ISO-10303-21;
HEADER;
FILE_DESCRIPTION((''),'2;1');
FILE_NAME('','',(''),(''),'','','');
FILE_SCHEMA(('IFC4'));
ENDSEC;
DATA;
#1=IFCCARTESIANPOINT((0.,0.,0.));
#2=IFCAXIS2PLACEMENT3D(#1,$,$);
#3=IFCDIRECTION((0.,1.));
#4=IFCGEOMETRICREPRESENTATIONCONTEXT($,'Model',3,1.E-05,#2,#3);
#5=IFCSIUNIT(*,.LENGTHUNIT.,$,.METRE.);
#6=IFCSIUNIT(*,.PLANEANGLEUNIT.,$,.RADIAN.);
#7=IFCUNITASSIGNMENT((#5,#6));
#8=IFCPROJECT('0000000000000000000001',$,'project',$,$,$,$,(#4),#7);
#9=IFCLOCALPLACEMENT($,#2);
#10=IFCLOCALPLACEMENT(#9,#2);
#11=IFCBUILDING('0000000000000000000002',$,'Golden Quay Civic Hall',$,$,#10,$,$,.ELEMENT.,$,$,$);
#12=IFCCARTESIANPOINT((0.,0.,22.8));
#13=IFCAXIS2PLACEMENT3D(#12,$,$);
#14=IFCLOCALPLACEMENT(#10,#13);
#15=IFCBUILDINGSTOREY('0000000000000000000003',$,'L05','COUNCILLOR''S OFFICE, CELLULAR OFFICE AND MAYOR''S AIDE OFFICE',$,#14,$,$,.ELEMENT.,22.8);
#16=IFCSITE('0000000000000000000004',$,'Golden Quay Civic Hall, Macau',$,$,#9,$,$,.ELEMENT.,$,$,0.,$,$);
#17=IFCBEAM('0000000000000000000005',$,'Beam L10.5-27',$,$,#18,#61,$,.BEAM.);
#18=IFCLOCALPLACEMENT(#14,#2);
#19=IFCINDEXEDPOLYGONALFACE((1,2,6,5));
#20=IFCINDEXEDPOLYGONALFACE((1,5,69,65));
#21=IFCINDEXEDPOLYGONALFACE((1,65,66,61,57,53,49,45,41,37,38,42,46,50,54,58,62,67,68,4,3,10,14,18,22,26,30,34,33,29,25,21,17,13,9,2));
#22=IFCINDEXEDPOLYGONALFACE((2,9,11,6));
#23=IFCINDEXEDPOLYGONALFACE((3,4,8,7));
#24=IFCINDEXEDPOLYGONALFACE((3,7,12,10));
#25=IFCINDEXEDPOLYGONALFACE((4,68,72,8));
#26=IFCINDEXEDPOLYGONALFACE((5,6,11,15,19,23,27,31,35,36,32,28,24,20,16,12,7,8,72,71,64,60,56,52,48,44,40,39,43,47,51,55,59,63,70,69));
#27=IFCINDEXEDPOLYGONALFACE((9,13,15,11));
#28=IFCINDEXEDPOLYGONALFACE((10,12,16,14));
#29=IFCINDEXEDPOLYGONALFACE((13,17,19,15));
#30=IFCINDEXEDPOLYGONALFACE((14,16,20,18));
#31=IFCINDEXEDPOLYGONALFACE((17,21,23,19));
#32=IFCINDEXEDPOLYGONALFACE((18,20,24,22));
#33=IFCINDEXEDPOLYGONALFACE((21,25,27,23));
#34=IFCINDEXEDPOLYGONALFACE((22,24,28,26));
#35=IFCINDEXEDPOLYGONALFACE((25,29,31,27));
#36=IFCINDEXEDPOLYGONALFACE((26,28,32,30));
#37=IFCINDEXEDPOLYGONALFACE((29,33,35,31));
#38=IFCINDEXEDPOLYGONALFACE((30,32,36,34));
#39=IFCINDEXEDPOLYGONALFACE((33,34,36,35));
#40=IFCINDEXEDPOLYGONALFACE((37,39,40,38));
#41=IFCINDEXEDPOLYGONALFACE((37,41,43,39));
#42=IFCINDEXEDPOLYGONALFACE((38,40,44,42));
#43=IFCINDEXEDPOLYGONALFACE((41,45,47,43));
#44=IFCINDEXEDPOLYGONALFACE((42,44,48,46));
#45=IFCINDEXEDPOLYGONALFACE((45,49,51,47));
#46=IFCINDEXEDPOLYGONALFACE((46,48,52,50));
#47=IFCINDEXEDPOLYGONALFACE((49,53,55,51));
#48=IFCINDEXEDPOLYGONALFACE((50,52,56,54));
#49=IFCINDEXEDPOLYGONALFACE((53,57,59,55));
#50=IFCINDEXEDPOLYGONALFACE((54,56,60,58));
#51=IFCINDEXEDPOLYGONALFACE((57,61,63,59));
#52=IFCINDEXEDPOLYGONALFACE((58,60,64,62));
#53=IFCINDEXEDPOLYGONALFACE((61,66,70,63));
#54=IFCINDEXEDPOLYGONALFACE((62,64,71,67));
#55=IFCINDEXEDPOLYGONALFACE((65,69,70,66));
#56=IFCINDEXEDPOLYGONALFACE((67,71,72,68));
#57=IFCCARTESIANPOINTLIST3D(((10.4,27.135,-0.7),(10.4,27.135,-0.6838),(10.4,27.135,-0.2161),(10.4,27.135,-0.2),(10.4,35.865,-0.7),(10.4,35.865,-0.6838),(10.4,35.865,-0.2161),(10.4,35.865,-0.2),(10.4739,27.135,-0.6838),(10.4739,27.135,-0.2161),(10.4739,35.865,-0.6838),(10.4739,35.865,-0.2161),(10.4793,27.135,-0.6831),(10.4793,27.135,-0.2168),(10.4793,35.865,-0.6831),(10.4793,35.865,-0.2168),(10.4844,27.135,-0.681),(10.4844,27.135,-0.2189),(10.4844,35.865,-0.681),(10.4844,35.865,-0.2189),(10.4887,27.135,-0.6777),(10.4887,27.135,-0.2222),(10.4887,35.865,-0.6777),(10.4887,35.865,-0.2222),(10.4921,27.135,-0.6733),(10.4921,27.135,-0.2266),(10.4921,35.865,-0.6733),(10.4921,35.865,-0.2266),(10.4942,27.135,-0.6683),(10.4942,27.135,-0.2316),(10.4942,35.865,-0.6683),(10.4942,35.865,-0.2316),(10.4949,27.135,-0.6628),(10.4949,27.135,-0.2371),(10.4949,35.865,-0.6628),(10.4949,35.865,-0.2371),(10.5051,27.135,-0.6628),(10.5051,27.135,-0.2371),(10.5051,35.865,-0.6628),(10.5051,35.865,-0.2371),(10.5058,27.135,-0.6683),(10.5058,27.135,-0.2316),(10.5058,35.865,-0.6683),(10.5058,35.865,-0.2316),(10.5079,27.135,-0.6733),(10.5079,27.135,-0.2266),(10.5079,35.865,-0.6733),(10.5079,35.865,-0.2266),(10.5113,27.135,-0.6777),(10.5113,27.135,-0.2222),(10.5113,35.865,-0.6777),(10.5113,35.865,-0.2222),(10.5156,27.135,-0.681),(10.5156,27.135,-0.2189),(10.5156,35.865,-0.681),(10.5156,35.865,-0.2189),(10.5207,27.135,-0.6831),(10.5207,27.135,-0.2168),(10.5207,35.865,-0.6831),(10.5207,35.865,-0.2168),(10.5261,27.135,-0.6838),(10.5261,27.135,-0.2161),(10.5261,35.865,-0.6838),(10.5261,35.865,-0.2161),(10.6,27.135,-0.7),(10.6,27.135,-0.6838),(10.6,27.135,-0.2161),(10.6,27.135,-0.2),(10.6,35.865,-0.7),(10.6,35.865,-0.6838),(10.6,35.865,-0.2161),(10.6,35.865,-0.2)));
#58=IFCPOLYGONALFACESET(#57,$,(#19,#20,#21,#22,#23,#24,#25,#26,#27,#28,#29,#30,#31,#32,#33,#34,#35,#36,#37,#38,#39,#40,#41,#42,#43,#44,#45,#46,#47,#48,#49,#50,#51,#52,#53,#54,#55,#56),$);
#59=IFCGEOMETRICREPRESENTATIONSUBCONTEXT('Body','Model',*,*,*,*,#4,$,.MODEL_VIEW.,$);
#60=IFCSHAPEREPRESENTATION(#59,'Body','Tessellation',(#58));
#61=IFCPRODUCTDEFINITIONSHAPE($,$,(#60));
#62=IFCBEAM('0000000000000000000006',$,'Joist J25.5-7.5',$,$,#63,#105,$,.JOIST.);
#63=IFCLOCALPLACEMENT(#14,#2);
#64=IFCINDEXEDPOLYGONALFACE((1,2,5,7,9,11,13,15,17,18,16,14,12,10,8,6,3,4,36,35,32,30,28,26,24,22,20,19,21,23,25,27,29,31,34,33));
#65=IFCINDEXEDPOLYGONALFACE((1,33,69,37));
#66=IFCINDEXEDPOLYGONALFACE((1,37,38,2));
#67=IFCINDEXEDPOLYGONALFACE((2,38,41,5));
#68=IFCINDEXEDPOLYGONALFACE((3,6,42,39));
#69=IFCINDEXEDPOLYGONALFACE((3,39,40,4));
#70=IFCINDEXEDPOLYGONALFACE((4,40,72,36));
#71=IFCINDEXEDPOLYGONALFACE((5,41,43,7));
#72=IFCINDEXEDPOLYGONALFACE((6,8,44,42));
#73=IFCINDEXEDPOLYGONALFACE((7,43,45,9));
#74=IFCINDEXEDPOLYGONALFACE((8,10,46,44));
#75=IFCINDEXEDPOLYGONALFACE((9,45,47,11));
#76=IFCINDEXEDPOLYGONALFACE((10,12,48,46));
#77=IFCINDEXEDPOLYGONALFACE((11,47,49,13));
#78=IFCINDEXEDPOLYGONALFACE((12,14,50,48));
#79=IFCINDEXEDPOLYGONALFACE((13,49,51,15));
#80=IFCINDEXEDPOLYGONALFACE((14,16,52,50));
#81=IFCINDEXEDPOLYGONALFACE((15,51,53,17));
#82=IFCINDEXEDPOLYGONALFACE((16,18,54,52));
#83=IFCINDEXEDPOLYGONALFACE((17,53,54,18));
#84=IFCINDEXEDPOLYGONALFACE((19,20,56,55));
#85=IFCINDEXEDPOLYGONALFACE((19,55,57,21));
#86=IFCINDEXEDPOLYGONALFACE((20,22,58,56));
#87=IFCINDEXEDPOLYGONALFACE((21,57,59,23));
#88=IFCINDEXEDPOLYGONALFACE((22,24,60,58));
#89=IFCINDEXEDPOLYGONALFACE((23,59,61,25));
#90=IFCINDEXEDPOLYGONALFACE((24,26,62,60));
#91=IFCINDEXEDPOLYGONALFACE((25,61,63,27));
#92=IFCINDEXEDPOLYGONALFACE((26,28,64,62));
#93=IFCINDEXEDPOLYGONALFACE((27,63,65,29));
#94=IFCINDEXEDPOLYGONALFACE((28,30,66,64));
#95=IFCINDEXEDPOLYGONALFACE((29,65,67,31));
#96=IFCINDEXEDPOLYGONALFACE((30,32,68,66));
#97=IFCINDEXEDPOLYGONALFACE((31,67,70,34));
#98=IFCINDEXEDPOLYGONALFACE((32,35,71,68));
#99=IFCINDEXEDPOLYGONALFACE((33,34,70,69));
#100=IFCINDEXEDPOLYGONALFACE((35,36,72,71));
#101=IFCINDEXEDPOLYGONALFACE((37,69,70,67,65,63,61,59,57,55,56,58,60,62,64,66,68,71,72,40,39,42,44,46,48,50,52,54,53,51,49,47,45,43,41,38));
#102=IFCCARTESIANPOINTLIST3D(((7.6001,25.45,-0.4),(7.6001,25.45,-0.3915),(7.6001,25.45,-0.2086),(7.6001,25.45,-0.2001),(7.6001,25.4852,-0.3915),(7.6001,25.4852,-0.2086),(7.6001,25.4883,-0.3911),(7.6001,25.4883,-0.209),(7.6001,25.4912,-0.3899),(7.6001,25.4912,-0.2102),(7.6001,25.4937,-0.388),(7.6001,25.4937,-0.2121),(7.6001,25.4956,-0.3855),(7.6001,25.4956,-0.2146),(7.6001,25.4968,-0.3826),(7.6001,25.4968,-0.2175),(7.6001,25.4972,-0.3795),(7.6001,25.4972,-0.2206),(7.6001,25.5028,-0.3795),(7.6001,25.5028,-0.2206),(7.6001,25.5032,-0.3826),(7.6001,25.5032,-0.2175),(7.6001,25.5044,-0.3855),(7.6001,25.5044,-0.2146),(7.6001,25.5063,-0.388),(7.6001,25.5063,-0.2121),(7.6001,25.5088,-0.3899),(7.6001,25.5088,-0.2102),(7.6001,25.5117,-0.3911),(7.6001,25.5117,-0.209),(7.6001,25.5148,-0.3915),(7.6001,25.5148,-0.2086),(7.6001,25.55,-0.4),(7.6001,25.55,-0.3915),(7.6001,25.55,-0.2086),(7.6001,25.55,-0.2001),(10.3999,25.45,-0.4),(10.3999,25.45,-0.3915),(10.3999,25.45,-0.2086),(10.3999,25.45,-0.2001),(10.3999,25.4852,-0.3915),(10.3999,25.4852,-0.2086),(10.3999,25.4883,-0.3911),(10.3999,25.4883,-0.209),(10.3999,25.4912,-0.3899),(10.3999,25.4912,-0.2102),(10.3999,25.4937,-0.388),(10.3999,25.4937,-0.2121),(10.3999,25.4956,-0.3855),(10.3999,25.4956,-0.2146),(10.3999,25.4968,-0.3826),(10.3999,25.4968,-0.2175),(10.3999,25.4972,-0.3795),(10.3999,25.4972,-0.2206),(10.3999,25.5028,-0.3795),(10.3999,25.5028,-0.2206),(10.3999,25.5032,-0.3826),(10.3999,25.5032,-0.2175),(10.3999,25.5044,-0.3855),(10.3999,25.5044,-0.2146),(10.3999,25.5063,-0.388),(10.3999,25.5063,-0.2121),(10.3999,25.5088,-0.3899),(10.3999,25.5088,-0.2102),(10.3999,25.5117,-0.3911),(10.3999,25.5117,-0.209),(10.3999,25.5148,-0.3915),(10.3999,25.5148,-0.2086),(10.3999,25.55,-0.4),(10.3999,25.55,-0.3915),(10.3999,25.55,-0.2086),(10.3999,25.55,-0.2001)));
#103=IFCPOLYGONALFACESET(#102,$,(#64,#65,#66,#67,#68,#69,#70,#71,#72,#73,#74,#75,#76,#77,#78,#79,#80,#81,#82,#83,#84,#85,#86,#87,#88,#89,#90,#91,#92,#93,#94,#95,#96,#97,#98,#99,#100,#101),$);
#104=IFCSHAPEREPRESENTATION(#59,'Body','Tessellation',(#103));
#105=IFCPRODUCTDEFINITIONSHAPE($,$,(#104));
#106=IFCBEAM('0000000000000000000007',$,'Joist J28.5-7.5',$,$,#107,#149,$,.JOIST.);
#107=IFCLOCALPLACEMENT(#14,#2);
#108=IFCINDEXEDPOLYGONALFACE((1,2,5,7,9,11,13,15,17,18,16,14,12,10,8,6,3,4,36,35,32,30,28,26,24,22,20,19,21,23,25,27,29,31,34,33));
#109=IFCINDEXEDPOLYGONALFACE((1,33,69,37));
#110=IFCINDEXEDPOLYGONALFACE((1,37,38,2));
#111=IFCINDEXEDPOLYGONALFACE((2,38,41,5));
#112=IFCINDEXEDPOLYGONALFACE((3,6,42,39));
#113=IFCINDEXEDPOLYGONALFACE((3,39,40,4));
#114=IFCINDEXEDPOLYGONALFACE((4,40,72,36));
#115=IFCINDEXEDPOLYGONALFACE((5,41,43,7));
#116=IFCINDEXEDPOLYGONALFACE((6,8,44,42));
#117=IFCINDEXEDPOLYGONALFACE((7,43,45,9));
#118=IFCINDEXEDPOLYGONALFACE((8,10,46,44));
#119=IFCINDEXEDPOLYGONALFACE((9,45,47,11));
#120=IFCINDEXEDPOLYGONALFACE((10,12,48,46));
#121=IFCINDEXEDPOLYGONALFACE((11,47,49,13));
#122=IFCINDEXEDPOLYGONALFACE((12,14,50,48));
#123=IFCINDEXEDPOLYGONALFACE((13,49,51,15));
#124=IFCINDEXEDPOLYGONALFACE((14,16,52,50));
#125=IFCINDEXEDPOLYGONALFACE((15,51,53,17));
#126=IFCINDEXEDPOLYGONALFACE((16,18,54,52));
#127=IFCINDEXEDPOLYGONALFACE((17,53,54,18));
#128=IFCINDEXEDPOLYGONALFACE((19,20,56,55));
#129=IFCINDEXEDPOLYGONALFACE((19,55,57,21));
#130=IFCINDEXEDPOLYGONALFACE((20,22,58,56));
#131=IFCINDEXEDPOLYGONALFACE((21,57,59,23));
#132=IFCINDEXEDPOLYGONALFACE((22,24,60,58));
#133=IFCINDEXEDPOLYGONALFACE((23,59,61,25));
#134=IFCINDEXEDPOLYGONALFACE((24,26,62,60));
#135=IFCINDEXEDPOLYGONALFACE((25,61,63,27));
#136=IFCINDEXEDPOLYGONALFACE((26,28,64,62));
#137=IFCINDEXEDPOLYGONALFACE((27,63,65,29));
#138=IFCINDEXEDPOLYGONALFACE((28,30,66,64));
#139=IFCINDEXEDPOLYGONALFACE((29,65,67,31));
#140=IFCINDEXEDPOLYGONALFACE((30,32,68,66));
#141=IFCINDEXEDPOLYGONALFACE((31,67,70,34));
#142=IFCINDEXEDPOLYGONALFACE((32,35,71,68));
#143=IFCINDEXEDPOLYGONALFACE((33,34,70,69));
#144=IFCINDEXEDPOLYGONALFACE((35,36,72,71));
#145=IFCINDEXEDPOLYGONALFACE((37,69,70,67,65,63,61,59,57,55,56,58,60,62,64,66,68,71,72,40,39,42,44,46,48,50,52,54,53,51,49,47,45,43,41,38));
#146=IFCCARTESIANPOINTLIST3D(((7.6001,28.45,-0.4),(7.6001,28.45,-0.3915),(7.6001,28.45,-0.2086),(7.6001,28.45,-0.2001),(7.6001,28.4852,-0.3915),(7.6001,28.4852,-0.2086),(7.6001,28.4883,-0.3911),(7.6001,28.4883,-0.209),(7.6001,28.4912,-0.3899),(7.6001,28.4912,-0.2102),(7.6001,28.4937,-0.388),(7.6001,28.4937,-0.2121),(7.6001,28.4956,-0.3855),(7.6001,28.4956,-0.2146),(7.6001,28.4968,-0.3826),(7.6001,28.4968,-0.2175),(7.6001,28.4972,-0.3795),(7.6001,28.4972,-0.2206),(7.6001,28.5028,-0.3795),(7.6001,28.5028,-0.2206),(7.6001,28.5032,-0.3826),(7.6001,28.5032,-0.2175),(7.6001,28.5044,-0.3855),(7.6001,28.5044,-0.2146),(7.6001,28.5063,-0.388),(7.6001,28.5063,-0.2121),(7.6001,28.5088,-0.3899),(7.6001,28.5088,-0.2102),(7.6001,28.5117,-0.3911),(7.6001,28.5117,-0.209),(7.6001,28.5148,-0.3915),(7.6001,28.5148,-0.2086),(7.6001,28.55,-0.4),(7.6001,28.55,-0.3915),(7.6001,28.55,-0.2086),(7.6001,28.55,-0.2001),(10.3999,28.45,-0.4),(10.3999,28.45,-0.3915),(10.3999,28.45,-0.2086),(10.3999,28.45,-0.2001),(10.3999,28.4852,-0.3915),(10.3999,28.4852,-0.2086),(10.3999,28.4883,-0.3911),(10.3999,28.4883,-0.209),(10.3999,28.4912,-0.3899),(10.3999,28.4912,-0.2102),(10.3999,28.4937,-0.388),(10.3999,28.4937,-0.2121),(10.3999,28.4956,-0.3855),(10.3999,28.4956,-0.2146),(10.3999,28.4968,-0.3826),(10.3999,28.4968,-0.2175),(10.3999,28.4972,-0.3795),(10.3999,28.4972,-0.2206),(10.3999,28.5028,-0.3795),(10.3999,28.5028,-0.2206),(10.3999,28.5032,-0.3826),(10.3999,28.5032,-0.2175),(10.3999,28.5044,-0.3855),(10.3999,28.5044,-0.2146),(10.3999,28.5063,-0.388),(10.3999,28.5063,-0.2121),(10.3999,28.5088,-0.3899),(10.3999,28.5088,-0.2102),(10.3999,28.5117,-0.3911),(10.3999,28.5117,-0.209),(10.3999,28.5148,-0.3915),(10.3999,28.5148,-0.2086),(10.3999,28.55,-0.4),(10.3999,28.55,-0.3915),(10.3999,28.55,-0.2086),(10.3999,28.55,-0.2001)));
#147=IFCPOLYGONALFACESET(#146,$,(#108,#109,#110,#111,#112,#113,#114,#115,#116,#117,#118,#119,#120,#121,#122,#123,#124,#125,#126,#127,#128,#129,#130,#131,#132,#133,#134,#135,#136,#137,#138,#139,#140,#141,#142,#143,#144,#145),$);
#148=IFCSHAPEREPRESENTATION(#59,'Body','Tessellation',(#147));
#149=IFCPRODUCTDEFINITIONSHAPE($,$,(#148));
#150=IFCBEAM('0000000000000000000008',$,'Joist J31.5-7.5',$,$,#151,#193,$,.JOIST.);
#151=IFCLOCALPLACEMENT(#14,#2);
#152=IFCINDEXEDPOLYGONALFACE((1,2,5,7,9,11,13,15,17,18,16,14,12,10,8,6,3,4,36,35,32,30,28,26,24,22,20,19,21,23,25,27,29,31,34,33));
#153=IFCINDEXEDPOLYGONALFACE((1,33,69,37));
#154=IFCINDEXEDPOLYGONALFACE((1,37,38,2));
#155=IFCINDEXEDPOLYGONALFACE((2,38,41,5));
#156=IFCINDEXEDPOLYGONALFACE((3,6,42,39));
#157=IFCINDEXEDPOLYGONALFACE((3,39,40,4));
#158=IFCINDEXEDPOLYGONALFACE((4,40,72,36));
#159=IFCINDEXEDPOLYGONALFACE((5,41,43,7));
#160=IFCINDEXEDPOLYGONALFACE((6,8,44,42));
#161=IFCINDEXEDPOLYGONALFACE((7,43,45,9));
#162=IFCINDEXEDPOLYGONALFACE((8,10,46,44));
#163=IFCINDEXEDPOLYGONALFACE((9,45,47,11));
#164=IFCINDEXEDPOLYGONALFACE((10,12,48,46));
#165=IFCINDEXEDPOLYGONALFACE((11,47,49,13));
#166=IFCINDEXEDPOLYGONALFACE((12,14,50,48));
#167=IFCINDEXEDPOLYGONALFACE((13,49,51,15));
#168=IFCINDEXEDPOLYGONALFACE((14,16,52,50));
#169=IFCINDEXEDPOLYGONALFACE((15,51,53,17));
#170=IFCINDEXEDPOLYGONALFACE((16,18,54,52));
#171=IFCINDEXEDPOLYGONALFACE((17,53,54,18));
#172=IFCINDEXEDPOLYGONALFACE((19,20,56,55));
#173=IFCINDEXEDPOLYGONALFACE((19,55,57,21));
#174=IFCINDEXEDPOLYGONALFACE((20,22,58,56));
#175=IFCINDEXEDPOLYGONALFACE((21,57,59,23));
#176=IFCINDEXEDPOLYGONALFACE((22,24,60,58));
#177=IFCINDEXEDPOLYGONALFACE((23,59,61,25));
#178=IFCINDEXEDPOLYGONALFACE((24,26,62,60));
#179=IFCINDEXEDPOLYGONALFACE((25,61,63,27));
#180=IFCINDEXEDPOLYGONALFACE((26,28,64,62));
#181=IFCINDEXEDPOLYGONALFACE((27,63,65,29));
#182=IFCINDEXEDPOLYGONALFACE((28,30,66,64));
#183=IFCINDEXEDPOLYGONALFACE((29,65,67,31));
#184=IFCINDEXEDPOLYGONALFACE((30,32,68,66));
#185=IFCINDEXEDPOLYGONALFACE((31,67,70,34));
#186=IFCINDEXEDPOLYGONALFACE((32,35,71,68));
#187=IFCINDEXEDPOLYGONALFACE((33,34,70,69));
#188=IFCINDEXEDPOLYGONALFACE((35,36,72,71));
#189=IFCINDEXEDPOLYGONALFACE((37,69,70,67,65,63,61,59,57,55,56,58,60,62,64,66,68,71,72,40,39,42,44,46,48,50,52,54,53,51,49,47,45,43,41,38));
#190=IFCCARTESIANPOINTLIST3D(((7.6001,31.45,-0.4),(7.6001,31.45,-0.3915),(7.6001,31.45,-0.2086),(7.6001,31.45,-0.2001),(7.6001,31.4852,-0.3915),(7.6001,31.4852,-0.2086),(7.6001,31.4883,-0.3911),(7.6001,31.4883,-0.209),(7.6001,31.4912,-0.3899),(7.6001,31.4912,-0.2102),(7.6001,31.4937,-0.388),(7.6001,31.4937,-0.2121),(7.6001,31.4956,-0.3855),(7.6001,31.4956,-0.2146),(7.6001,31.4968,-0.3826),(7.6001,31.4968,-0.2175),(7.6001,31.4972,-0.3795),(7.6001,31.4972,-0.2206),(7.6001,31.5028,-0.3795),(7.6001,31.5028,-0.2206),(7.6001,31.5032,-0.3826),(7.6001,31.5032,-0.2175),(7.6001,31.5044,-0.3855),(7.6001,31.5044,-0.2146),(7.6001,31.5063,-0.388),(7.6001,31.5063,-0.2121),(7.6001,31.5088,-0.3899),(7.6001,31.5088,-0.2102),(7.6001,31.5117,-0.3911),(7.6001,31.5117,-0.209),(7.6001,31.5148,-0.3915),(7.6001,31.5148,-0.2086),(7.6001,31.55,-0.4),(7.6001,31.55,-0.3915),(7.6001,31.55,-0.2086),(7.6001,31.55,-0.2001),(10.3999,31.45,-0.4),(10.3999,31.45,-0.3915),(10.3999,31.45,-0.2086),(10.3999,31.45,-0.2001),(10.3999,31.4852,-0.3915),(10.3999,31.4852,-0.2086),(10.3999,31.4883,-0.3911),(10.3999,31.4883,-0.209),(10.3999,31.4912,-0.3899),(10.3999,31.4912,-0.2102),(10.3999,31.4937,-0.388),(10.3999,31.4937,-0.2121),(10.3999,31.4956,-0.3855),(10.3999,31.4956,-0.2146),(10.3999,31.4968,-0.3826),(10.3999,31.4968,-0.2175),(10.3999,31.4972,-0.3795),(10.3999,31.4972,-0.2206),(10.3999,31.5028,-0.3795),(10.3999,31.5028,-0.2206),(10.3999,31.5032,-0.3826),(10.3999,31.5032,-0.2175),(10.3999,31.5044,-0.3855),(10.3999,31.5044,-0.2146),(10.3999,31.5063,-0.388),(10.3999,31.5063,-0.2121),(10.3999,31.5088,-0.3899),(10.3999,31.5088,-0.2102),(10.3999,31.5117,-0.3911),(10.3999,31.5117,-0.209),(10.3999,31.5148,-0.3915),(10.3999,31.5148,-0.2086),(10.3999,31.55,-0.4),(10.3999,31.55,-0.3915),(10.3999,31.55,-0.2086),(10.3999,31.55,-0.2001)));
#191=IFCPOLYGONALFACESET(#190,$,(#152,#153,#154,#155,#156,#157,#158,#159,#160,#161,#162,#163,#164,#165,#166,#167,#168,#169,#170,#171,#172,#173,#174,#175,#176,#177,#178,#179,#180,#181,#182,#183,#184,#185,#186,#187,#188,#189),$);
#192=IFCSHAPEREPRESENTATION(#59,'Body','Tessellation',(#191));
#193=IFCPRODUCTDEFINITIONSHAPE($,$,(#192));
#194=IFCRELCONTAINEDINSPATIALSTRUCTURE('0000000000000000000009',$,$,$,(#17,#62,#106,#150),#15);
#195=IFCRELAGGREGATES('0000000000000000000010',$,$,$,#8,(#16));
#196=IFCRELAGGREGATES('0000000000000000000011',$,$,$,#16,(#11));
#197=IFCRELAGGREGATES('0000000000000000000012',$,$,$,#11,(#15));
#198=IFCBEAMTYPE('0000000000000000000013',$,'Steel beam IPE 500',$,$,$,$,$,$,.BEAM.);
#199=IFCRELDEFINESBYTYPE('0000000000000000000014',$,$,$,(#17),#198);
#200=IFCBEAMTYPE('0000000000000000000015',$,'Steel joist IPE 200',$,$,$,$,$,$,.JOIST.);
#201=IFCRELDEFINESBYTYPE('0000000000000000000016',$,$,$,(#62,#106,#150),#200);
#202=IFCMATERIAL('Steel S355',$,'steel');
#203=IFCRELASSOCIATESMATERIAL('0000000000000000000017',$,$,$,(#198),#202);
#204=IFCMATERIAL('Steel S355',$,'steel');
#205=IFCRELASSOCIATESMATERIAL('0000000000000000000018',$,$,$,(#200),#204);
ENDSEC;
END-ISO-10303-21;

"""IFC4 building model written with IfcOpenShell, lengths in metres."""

from ifc_helpers import new_model, si_unit, direction, frame, origin, origin_2d, place, context, subcontext, project, spatial, i_section, extrude, material, material_profile, profile_set, type_object, element, save


model = new_model("IFC4")

# Units and contexts
model_context = context("Model", 3, precision=1e-05, world=origin(), true_north=direction((0.0, 1.0)))
body_context = subcontext(model_context, "Body", "Model", "MODEL_VIEW")
ifc_project = project(units=[si_unit("LENGTHUNIT", "METRE"), si_unit("PLANEANGLEUNIT", "RADIAN")], contexts=[model_context])

# Site, building, storey
site_placement = place(None, origin())
site = spatial("IfcSite", under=ifc_project, at=site_placement, Name="Golden Quay Civic Hall, Macau", CompositionType="ELEMENT", RefElevation=0.0)
building_placement = place(site_placement, origin())
building = spatial("IfcBuilding", under=site, at=building_placement, Name="Golden Quay Civic Hall", CompositionType="ELEMENT")
storey_placement = place(building_placement, frame((0.0, 0.0, 22.8)))
storey = spatial("IfcBuildingStorey", under=building, at=storey_placement, Name="L05", Description="COUNCILLOR'S OFFICE, CELLULAR OFFICE AND MAYOR'S AIDE OFFICE", CompositionType="ELEMENT", Elevation=22.8)

# Beams
ifc_material_1 = material(Name="Steel S355", Category="steel")
ifc_material_profile_1 = material_profile(ifc_material_1, i_section(OverallWidth=0.2, OverallDepth=0.5, WebThickness=0.0103, FlangeThickness=0.0161, FilletRadius=0.021, at=origin_2d()), Name="IPE 500")
ifc_profile_set_1 = profile_set([ifc_material_profile_1], Name="Steel S355")
beam_type_1 = type_object("IfcBeamType", Name="Steel beam IPE 500", PredefinedType="BEAM", material=ifc_profile_set_1)
beam_1_placement = place(storey_placement, frame((10.5, 27.135, -0.45), z_axis=(0.0, 1.0, 0.0), x_axis=(-1.0, 0.0, 0.0)))
element("IfcBeam", 1, at=beam_1_placement, inside=storey, type_object=beam_type_1, Name="Beam L10.5-27", PredefinedType="BEAM", context=body_context, shape_type="SweptSolid", body=[
    extrude(i_section(OverallWidth=0.2, OverallDepth=0.5, WebThickness=0.0103, FlangeThickness=0.0161, FilletRadius=0.021, at=origin_2d()), origin(), (0.0, 0.0, 1.0), 8.73),
])
ifc_material_2 = material(Name="Steel S355", Category="steel")
ifc_material_profile_2 = material_profile(ifc_material_2, i_section(OverallWidth=0.1001, OverallDepth=0.2, WebThickness=0.0056, FlangeThickness=0.0085, FilletRadius=0.012, at=origin_2d()), Name="IPE 200")
ifc_profile_set_2 = profile_set([ifc_material_profile_2], Name="Steel S355")
beam_type_2 = type_object("IfcBeamType", Name="Steel joist IPE 200", PredefinedType="JOIST", material=ifc_profile_set_2)
for number, where, z_axis, x_axis, name in (
    (2, (7.6001, 25.5, -0.3), (1.0, 0.0, 0.0), (0.0, 1.0, 0.0), "Joist J25.5-7.5"),
    (3, (7.6001, 28.5, -0.3), (1.0, 0.0, 0.0), (0.0, 1.0, 0.0), "Joist J28.5-7.5"),
    (4, (7.6001, 31.5, -0.3), (1.0, 0.0, 0.0), (0.0, 1.0, 0.0), "Joist J31.5-7.5"),
):
    element("IfcBeam", number, at=place(storey_placement, frame(where, z_axis=z_axis, x_axis=x_axis)), inside=storey, type_object=beam_type_2, Name=name, PredefinedType="JOIST", context=body_context, shape_type="SweptSolid", body=[
        extrude(i_section(OverallWidth=0.1001, OverallDepth=0.2, WebThickness=0.0056, FlangeThickness=0.0085, FilletRadius=0.012, at=origin_2d()), origin(), (0.0, 0.0, 1.0), 2.7998),
    ])

save(model, "model.ifc")
